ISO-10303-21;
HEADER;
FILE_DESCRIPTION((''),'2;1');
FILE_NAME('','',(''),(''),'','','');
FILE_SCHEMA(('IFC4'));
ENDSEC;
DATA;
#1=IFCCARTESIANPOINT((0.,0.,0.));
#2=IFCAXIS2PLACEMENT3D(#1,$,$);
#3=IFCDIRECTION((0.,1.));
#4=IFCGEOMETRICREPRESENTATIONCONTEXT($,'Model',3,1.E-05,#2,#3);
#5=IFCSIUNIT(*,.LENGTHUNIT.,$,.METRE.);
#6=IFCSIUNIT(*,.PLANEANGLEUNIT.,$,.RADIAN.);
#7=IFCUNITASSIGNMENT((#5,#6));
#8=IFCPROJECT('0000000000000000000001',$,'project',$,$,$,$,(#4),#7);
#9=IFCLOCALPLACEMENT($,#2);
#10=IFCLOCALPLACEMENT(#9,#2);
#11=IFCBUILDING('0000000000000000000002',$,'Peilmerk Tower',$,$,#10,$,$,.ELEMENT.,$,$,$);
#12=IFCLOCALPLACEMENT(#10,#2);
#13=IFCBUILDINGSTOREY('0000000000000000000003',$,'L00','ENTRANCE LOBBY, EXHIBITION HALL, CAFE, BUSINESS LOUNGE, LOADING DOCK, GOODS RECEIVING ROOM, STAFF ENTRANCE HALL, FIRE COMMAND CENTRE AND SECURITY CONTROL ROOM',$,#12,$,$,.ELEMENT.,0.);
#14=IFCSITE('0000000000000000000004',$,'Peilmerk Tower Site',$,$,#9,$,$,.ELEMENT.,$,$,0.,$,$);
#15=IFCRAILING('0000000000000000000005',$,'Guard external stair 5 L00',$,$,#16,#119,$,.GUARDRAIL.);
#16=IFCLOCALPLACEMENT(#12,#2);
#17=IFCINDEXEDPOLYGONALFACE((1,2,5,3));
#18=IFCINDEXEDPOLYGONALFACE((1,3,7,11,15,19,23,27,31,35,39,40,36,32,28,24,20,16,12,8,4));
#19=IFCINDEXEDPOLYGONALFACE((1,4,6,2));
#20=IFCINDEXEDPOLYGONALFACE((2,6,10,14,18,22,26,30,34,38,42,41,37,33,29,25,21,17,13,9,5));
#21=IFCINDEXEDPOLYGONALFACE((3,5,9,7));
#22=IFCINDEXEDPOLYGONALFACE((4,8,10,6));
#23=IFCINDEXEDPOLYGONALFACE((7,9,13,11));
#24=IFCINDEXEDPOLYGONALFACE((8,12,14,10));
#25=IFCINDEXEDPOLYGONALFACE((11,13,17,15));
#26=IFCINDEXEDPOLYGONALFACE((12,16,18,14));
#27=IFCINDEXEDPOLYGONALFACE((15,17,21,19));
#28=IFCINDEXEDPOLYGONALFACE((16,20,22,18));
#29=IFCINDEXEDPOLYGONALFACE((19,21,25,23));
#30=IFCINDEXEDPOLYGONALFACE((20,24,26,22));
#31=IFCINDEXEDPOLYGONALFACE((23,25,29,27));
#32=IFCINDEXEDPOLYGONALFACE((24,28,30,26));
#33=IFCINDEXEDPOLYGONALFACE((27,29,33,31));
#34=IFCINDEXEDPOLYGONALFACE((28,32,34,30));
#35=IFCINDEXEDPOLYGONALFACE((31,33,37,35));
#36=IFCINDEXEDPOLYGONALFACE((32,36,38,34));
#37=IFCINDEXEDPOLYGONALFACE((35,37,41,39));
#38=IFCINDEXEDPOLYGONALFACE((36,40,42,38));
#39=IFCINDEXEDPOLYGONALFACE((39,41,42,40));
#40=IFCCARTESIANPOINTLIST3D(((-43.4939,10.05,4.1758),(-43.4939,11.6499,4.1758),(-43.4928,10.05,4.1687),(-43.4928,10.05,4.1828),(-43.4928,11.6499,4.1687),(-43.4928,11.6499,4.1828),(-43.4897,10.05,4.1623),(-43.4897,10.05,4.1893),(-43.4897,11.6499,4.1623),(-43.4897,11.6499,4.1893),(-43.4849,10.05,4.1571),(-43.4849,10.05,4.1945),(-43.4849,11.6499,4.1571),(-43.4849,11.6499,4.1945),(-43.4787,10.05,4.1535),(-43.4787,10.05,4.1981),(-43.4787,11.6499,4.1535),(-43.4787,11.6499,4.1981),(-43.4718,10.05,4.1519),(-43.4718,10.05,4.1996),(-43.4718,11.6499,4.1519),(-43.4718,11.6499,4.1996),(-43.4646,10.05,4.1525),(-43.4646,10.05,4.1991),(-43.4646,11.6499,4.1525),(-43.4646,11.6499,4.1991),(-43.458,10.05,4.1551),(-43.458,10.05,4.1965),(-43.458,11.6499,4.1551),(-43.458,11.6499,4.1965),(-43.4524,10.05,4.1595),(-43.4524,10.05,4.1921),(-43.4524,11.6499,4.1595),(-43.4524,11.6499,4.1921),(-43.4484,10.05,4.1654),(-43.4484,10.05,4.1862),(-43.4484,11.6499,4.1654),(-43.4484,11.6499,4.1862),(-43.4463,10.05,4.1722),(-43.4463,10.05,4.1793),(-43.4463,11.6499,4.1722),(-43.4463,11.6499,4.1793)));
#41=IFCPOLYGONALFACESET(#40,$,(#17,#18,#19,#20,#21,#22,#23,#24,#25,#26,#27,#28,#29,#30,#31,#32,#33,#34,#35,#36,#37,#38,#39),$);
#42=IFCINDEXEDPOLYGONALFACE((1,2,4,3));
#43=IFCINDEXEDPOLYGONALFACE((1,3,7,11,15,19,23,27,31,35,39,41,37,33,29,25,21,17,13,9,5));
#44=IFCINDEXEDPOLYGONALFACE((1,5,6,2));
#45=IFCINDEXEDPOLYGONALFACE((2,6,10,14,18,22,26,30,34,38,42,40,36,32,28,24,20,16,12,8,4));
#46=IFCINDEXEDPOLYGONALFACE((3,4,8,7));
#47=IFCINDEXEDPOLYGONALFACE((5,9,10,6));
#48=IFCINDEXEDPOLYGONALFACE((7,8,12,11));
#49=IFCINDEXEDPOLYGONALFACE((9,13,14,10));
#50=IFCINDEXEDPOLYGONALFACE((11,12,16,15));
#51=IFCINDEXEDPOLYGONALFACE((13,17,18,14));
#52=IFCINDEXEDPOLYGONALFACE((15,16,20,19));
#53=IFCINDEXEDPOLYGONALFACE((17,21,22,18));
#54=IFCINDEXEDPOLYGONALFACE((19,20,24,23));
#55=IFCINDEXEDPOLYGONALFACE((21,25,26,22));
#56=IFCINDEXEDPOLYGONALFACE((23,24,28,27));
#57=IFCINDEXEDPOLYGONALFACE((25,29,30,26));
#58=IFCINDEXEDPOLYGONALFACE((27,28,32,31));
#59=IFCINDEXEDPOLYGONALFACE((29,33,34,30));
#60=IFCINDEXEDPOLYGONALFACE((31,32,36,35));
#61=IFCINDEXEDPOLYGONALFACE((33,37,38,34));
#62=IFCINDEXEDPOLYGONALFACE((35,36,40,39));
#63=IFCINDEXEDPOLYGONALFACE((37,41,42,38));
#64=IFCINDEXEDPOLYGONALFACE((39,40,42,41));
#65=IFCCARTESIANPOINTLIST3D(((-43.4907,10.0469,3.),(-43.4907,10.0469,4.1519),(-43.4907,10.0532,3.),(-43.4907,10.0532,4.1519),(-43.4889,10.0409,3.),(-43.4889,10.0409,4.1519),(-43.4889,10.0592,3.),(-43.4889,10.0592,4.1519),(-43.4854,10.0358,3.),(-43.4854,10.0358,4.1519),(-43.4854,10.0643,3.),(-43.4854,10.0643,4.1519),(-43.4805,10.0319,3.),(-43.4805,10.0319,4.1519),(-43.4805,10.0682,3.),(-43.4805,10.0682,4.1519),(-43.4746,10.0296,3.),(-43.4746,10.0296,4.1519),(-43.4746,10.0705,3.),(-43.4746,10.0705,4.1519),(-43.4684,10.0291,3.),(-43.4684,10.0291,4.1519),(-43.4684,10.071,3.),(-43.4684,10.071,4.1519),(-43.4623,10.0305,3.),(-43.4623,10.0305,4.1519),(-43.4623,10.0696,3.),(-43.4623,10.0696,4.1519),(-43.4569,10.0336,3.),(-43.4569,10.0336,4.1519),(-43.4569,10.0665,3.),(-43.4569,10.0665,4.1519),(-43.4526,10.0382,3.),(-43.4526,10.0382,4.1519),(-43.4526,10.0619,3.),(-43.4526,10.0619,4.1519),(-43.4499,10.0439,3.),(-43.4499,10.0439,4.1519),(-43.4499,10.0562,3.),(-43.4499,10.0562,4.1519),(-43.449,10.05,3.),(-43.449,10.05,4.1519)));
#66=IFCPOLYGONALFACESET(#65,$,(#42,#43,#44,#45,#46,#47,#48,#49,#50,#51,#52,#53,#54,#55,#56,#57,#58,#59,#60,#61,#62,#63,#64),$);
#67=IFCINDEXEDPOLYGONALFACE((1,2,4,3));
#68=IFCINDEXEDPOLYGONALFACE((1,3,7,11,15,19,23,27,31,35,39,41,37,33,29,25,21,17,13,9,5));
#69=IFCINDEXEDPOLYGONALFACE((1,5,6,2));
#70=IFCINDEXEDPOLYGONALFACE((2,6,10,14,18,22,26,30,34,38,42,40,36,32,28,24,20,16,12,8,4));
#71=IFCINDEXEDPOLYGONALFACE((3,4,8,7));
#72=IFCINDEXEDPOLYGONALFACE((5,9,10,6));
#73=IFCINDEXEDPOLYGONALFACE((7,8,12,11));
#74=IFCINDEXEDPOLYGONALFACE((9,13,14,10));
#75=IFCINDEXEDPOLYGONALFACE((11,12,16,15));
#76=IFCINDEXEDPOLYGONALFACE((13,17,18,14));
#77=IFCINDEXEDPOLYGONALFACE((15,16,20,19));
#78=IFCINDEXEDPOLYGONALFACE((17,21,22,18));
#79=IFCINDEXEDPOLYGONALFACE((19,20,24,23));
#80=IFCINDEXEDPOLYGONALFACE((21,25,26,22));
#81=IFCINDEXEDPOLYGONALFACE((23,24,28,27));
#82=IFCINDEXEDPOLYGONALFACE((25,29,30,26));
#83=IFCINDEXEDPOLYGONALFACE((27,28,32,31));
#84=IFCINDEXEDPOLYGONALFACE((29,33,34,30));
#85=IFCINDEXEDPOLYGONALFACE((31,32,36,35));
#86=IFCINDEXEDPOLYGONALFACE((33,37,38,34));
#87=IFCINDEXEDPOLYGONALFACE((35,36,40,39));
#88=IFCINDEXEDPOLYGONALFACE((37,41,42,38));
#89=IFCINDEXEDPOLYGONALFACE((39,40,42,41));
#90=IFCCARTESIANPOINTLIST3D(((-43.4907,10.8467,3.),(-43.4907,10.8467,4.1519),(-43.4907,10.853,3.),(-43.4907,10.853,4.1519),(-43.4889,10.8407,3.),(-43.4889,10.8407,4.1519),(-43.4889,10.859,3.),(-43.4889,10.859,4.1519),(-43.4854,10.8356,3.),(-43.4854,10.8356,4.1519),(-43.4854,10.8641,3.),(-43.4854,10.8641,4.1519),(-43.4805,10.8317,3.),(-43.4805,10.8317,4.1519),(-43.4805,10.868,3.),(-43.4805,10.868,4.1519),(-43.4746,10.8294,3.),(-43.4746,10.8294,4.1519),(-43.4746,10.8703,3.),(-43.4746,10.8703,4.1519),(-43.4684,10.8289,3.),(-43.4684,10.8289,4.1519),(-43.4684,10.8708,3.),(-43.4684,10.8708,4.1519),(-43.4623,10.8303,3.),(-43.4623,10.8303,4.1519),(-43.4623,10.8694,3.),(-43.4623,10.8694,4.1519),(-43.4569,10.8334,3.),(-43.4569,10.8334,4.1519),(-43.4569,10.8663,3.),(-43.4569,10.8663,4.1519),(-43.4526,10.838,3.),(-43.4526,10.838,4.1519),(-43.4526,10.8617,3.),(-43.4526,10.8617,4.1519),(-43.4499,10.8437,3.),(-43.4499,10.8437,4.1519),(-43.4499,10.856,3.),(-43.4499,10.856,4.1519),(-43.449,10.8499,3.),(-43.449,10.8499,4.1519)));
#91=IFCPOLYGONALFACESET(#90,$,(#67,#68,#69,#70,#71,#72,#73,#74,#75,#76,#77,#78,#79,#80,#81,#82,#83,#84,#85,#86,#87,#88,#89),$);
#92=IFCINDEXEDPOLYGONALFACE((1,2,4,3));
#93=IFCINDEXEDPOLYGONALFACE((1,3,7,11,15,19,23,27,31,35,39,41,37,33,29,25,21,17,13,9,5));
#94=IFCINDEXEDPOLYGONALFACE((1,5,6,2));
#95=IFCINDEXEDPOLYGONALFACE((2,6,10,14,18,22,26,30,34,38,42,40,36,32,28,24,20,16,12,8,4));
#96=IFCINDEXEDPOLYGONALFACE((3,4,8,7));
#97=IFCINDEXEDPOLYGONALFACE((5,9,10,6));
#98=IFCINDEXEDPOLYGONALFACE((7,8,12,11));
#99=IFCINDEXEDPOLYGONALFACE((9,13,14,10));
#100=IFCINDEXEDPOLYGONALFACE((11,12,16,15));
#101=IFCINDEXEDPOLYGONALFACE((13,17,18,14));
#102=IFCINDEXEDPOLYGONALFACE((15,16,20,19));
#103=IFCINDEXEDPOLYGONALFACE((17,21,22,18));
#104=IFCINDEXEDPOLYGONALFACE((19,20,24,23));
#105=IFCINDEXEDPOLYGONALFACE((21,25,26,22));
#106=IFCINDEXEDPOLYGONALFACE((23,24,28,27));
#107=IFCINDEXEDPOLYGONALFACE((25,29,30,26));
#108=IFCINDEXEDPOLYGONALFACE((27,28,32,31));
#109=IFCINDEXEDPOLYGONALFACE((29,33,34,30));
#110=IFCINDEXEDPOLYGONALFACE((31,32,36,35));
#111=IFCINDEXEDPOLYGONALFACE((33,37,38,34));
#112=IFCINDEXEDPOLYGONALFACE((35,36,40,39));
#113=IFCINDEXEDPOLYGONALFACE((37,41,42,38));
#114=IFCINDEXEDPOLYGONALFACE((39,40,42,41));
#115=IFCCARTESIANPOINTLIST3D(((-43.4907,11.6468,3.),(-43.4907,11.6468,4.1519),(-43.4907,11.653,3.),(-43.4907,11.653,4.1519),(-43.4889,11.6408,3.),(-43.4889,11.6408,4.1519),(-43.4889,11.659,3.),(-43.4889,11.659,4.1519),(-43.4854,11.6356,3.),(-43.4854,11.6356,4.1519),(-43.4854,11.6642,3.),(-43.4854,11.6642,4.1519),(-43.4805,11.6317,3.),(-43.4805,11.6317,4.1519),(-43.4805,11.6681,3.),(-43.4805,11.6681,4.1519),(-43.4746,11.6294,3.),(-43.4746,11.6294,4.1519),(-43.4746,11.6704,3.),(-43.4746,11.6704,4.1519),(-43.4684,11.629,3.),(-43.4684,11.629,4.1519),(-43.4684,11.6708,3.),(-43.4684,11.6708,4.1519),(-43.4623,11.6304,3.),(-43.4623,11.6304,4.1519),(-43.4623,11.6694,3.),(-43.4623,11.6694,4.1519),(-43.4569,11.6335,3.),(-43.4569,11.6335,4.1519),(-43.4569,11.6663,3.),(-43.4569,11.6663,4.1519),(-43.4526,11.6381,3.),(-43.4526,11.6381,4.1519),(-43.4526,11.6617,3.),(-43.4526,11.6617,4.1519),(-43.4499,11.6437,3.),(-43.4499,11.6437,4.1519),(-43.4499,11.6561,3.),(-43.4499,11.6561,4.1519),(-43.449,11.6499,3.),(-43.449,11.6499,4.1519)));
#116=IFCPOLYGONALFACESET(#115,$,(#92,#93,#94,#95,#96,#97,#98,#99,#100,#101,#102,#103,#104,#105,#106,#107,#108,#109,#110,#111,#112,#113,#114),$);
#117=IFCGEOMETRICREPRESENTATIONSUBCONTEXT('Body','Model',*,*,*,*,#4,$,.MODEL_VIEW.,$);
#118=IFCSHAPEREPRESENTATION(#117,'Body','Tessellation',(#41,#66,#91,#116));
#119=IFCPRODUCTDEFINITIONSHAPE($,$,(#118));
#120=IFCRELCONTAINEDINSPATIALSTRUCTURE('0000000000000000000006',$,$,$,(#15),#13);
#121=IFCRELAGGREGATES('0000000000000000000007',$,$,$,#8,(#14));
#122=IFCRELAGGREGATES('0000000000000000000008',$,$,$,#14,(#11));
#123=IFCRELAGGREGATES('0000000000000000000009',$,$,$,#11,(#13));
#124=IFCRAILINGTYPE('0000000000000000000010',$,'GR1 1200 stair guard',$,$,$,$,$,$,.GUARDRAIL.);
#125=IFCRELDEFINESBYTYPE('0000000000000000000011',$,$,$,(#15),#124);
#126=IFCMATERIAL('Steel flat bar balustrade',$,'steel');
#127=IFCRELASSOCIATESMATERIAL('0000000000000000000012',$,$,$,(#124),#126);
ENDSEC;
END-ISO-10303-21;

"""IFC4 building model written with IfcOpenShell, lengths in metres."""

from ifc_helpers import new_model, si_unit, direction, frame, origin, origin_2d, place, context, subcontext, project, spatial, circle, extrude, material, type_object, element, save


model = new_model("IFC4")

# Units and contexts
model_context = context("Model", 3, precision=1e-05, world=origin(), true_north=direction((0.0, 1.0)))
body_context = subcontext(model_context, "Body", "Model", "MODEL_VIEW")
ifc_project = project(units=[si_unit("LENGTHUNIT", "METRE"), si_unit("PLANEANGLEUNIT", "RADIAN")], contexts=[model_context])

# Site, building, storey
site_placement = place(None, origin())
site = spatial("IfcSite", under=ifc_project, at=site_placement, Name="Peilmerk Tower Site", CompositionType="ELEMENT", RefElevation=0.0)
building_placement = place(site_placement, origin())
building = spatial("IfcBuilding", under=site, at=building_placement, Name="Peilmerk Tower", CompositionType="ELEMENT")
storey_placement = place(building_placement, origin())
storey = spatial("IfcBuildingStorey", under=building, at=storey_placement, Name="L00", Description="ENTRANCE LOBBY, EXHIBITION HALL, CAFE, BUSINESS LOUNGE, LOADING DOCK, GOODS RECEIVING ROOM, STAFF ENTRANCE HALL, FIRE COMMAND CENTRE AND SECURITY CONTROL ROOM", CompositionType="ELEMENT", Elevation=0.0)

# Railing
ifc_material_1 = material(Name="Steel flat bar balustrade", Category="steel")
railing_type_1 = type_object("IfcRailingType", Name="GR1 1200 stair guard", PredefinedType="GUARDRAIL", material=ifc_material_1)
railing_1_placement = place(storey_placement, frame((-43.47, 10.05, 3.0)))
element("IfcRailing", 1, at=railing_1_placement, inside=storey, type_object=railing_type_1, Name="Guard external stair 5 L00", PredefinedType="GUARDRAIL", context=body_context, shape_type="SweptSolid", body=[
    extrude(circle(Radius=0.0239, at=origin_2d()), frame((0.0, 0.0, 1.1758), z_axis=(0.0, 1.0, 0.0), x_axis=(-1.0, 0.0, 0.0)), (0.0, 0.0, 1.0), 1.5999),
    extrude(circle(Radius=0.021, at=origin_2d()), origin(), (0.0, 0.0, 1.0), 1.1519),
    extrude(circle(Radius=0.021, at=origin_2d()), frame((0.0, 0.7998, 0.0)), (0.0, 0.0, 1.0), 1.1519),
    extrude(circle(Radius=0.021, at=origin_2d()), frame((0.0, 1.5999, 0.0)), (0.0, 0.0, 1.0), 1.1519),
])

save(model, "model.ifc")
